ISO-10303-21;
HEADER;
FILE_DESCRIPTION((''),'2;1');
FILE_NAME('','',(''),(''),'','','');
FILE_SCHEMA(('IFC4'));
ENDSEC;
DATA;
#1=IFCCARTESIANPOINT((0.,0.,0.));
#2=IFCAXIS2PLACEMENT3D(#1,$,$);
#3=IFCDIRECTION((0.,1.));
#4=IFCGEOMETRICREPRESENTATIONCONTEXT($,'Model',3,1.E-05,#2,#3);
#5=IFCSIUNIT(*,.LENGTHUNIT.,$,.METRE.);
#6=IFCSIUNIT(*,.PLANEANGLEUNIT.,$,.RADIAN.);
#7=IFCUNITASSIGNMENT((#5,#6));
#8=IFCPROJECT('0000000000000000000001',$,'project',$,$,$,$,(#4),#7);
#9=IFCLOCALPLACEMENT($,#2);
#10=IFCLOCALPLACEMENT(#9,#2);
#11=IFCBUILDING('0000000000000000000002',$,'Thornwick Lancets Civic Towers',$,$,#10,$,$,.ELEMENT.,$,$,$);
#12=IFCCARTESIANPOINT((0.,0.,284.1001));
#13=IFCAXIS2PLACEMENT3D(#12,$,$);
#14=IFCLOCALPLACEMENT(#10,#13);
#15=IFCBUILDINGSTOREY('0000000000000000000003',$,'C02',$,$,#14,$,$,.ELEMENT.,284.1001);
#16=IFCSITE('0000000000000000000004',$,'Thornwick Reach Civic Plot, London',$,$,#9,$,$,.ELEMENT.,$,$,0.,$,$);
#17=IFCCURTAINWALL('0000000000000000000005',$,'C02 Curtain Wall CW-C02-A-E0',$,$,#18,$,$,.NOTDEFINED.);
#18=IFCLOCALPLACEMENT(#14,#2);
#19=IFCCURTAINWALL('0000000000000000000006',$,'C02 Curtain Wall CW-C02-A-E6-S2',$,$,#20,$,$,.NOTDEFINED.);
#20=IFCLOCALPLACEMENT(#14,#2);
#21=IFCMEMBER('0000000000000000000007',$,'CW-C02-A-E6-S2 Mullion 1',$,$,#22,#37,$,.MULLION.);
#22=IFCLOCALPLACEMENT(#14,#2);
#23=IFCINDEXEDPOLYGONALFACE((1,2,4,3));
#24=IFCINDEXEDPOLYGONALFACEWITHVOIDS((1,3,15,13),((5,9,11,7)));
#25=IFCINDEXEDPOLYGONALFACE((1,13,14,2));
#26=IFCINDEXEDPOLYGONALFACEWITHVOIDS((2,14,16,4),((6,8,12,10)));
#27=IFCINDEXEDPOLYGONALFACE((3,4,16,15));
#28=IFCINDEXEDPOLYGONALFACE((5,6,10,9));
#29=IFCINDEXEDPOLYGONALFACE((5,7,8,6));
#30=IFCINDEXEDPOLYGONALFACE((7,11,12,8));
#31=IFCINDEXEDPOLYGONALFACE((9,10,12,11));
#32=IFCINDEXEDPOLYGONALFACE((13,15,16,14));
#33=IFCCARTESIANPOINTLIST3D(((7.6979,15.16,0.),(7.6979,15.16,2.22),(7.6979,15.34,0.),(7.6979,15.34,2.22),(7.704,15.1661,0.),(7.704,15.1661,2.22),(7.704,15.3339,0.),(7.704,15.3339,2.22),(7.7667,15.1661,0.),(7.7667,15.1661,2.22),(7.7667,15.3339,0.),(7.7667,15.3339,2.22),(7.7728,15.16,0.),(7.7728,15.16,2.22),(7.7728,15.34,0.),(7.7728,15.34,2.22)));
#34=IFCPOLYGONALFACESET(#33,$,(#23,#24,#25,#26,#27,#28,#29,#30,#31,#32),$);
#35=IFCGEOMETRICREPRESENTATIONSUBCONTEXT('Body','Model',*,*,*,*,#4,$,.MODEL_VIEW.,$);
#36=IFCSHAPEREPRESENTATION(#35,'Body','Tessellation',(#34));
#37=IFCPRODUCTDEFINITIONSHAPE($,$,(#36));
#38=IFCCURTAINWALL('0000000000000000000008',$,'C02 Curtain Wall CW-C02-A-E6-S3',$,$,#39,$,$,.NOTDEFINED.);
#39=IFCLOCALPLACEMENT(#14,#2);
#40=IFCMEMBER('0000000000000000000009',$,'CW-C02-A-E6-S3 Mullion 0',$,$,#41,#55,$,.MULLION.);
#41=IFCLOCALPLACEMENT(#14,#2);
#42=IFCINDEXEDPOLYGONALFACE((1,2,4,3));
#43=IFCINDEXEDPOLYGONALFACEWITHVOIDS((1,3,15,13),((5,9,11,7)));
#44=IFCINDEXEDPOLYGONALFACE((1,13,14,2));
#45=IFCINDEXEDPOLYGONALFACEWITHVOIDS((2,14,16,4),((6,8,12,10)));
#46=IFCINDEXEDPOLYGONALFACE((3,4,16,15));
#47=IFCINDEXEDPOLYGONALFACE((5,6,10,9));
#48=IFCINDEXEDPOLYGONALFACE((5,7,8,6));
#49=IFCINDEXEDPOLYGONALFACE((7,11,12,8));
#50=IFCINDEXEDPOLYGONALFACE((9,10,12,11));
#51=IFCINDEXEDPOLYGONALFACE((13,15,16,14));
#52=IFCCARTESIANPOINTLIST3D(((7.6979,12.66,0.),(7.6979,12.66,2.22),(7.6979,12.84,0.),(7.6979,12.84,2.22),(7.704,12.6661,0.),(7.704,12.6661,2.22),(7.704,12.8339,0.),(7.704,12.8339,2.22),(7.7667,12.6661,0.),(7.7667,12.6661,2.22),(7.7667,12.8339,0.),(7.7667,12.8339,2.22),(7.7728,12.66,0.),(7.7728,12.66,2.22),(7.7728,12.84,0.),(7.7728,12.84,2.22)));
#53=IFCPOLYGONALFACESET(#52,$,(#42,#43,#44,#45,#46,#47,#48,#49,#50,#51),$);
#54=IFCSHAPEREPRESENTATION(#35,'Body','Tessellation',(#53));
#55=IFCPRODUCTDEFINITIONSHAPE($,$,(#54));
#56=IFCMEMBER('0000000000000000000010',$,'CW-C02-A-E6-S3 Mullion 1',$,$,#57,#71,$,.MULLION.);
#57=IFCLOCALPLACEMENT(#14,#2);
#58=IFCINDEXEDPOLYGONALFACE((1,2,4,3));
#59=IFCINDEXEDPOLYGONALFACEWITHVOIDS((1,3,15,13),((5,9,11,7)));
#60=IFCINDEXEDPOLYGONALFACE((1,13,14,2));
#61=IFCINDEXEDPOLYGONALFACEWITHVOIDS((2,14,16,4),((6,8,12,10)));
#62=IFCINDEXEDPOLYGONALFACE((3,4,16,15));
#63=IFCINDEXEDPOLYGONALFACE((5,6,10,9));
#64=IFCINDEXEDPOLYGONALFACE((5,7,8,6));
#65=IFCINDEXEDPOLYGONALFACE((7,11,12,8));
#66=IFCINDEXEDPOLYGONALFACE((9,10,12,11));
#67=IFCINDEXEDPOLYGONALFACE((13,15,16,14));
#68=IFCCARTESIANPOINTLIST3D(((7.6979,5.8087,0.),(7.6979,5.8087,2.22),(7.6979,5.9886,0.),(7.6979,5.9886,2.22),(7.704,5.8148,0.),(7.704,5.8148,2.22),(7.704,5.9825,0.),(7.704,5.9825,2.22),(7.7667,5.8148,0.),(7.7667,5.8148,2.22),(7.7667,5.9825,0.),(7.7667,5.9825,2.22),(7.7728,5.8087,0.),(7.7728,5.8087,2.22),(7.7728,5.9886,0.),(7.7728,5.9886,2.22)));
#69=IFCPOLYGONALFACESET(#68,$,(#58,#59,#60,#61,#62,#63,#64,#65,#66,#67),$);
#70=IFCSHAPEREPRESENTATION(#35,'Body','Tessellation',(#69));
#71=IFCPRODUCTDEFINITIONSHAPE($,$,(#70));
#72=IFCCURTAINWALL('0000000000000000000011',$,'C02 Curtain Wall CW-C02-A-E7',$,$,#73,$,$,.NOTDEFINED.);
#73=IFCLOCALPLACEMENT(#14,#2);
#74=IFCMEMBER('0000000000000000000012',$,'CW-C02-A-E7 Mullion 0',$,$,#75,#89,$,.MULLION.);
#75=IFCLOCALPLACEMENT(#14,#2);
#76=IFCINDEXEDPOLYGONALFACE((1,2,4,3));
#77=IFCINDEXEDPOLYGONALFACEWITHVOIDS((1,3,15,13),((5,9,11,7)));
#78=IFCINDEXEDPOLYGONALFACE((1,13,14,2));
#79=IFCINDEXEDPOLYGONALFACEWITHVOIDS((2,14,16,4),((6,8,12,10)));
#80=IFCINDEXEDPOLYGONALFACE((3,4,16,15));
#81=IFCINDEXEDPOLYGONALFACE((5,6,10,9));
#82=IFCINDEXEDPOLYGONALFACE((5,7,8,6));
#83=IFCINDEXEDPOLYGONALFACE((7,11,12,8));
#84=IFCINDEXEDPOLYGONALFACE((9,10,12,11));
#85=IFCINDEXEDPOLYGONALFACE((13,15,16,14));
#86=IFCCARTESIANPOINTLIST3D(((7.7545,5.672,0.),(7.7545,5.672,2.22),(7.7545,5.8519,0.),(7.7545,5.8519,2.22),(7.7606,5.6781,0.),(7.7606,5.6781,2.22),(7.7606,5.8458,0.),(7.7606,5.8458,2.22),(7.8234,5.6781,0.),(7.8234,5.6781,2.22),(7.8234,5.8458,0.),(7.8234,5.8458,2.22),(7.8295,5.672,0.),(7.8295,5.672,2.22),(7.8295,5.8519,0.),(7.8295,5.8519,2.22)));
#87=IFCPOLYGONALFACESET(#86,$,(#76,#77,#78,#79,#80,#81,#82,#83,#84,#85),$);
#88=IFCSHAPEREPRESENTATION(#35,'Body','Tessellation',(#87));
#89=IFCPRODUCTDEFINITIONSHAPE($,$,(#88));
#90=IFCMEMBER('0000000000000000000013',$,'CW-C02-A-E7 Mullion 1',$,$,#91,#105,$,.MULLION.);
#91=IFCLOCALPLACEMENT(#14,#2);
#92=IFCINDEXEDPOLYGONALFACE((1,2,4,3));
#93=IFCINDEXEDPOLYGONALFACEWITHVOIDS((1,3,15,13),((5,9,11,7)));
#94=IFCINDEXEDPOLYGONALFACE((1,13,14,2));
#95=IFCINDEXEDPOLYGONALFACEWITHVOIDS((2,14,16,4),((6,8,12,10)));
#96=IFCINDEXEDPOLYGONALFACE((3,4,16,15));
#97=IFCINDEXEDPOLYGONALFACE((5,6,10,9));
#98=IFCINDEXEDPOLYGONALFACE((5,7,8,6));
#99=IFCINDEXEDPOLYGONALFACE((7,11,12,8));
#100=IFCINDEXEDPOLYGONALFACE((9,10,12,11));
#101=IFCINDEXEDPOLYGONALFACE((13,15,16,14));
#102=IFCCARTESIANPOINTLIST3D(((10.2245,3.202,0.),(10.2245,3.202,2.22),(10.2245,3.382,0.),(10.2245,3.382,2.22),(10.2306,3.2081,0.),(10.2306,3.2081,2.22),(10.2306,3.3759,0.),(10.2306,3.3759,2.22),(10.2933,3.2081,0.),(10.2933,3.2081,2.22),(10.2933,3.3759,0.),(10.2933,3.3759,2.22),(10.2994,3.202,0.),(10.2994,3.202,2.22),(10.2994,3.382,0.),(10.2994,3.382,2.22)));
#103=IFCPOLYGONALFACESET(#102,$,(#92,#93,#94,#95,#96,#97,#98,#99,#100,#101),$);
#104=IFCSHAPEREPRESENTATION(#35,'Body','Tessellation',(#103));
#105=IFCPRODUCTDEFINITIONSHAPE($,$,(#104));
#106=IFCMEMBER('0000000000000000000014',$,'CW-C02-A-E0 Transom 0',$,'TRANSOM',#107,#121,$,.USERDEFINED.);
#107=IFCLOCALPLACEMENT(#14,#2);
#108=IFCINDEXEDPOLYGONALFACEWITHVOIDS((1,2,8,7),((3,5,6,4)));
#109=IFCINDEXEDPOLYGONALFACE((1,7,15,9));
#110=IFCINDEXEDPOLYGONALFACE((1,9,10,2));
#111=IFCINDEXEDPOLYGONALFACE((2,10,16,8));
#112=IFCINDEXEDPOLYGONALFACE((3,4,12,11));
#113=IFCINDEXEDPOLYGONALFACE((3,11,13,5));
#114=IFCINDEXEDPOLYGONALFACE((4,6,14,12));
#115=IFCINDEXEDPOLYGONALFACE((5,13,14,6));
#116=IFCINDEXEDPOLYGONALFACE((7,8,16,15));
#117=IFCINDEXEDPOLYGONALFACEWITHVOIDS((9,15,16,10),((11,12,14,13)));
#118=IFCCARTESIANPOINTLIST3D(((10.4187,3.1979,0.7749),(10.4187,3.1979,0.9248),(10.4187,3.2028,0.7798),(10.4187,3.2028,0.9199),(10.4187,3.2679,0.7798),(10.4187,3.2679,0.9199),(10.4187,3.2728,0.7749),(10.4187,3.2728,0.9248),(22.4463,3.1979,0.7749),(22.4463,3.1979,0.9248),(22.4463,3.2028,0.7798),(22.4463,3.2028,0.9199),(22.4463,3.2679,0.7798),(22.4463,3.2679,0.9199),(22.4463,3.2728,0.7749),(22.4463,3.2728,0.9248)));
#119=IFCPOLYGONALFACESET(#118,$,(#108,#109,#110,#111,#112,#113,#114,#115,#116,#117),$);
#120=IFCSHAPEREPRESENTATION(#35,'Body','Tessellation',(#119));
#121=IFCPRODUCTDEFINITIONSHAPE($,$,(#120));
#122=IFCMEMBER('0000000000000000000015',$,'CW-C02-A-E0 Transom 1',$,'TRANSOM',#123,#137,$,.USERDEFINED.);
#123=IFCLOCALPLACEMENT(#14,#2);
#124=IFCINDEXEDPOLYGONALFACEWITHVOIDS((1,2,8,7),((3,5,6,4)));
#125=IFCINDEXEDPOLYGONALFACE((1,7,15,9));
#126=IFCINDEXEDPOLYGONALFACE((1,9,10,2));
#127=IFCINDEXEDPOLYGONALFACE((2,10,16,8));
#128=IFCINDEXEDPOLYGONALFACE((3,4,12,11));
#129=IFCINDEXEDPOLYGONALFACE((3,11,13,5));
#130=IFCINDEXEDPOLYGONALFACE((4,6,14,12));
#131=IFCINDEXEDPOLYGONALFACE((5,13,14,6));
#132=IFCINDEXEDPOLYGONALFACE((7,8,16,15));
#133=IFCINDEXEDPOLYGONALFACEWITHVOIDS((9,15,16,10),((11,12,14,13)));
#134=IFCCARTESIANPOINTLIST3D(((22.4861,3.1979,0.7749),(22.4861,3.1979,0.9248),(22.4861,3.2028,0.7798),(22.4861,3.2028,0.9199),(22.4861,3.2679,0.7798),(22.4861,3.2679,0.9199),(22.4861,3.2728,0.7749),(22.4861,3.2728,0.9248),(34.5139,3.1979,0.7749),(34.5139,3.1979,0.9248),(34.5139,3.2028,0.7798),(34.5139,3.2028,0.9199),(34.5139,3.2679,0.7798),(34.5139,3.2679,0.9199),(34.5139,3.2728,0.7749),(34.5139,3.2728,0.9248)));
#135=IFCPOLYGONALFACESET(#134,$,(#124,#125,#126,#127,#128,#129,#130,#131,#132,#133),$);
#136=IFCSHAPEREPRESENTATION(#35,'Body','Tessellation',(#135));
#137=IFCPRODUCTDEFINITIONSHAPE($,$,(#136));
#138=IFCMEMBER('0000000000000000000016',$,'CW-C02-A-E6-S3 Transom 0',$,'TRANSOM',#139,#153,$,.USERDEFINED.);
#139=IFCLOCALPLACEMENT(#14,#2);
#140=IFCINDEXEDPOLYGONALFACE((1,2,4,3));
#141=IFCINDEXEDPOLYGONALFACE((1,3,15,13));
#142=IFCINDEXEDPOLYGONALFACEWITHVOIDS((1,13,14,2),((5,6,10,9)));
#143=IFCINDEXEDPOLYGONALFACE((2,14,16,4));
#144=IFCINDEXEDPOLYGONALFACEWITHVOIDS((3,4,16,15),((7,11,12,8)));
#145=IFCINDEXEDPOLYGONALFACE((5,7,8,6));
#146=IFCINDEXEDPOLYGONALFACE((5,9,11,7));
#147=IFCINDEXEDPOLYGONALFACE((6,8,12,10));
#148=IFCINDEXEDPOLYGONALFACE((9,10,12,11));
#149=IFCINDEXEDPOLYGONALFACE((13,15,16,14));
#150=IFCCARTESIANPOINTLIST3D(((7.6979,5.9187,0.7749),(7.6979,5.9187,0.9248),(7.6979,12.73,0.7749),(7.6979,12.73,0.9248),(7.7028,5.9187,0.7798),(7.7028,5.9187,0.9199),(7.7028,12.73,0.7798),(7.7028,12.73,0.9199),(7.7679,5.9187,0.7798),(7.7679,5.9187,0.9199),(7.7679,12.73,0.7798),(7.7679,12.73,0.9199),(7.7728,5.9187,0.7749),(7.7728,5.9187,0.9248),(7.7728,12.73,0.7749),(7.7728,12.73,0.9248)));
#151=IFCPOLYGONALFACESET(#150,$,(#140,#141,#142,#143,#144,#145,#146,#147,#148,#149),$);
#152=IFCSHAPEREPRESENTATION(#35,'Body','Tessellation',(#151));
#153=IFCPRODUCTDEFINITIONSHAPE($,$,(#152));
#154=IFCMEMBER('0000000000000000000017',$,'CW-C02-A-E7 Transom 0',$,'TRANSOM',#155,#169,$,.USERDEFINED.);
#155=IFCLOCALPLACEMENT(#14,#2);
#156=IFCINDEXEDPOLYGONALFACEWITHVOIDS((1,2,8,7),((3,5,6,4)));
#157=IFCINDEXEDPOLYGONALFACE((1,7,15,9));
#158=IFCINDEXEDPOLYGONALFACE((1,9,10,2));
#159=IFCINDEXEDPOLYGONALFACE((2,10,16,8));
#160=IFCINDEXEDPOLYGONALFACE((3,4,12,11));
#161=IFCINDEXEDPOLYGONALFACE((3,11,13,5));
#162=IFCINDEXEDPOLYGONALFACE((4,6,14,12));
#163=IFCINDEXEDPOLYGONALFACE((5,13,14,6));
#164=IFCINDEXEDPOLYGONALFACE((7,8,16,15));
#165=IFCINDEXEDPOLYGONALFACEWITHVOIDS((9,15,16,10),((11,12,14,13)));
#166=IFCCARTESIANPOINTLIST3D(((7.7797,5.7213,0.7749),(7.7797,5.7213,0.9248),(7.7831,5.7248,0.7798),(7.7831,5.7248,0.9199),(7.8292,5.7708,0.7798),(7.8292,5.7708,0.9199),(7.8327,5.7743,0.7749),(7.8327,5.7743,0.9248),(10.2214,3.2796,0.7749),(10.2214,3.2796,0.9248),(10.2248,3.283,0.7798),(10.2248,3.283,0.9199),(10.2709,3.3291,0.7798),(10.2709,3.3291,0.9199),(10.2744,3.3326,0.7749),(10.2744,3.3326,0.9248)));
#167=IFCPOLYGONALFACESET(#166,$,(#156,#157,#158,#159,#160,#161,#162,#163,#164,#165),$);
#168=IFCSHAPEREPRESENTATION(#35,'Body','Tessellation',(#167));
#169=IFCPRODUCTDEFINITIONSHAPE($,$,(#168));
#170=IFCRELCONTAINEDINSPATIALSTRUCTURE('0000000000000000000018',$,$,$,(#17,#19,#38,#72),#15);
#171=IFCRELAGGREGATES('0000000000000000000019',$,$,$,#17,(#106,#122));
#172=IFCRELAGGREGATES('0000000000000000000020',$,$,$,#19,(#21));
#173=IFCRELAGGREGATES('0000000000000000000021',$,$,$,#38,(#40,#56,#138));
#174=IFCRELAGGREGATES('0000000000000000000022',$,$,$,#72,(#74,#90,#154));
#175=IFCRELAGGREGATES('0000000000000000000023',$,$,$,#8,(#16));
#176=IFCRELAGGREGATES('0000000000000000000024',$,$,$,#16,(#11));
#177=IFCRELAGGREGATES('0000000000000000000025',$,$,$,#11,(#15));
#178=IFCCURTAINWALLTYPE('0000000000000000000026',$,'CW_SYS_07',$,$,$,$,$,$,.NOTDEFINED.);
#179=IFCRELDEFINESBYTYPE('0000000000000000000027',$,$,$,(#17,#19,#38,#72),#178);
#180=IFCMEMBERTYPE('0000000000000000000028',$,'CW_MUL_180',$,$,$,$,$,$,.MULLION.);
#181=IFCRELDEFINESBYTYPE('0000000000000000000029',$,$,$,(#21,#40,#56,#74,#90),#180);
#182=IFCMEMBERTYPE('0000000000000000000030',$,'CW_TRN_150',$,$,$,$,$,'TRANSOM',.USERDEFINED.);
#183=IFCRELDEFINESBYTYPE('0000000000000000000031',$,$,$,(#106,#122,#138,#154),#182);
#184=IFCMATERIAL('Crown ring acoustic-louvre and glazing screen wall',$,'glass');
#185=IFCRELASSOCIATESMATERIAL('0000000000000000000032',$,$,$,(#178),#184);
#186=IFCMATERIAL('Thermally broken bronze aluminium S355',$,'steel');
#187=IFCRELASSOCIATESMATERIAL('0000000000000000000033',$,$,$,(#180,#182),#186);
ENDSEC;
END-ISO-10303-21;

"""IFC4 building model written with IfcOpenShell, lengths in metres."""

from ifc_helpers import new_model, si_unit, direction, frame, origin, origin_2d, place, context, subcontext, project, spatial, hollow_rectangle, extrude, material, material_profile, profile_set, type_object, element, aggregate, save


model = new_model("IFC4")

# Units and contexts
model_context = context("Model", 3, precision=1e-05, world=origin(), true_north=direction((0.0, 1.0)))
body_context = subcontext(model_context, "Body", "Model", "MODEL_VIEW")
ifc_project = project(units=[si_unit("LENGTHUNIT", "METRE"), si_unit("PLANEANGLEUNIT", "RADIAN")], contexts=[model_context])

# Site, building, storey
site_placement = place(None, origin())
site = spatial("IfcSite", under=ifc_project, at=site_placement, Name="Thornwick Reach Civic Plot, London", CompositionType="ELEMENT", RefElevation=0.0)
building_placement = place(site_placement, origin())
building = spatial("IfcBuilding", under=site, at=building_placement, Name="Thornwick Lancets Civic Towers", CompositionType="ELEMENT")
storey_placement = place(building_placement, frame((0.0, 0.0, 284.1001)))
storey = spatial("IfcBuildingStorey", under=building, at=storey_placement, Name="C02", CompositionType="ELEMENT", Elevation=284.1001)

# Curtain wall
ifc_material_1 = material(Name="Crown ring acoustic-louvre and glazing screen wall", Category="glass")
curtain_wall_type = type_object("IfcCurtainWallType", Name="CW_SYS_07", PredefinedType="NOTDEFINED", material=ifc_material_1)
curtain_wall_1_placement = place(storey_placement, origin())
curtain_wall_1 = element("IfcCurtainWall", 1, at=curtain_wall_1_placement, inside=storey, type_object=curtain_wall_type, Name="C02 Curtain Wall CW-C02-A-E0", PredefinedType="NOTDEFINED")
ifc_material_2 = material(Name="Thermally broken bronze aluminium S355", Category="steel")
ifc_material_profile_1 = material_profile(ifc_material_2, hollow_rectangle(XDim=0.075, YDim=0.1799, WallThickness=0.0061, at=origin_2d()), Name="RHS 180x75x6")
ifc_profile_set_1 = profile_set([ifc_material_profile_1], Name="Thermally broken bronze aluminium S355")
member_type_1 = type_object("IfcMemberType", Name="CW_MUL_180", PredefinedType="MULLION", material=ifc_profile_set_1)

# Curtain wall, member
curtain_wall_2_placement = place(storey_placement, origin())
curtain_wall_2 = element("IfcCurtainWall", 2, at=curtain_wall_2_placement, inside=storey, type_object=curtain_wall_type, Name="C02 Curtain Wall CW-C02-A-E6-S2", PredefinedType="NOTDEFINED")
member_1_placement = place(storey_placement, frame((7.7354, 15.25, 0.0), z_axis=(0.0, 0.0, 1.0), x_axis=(1.0, 0.0, 0.0)))
member_1 = element("IfcMember", 3, at=member_1_placement, type_object=member_type_1, Name="CW-C02-A-E6-S2 Mullion 1", PredefinedType="MULLION", context=body_context, shape_type="SweptSolid", body=[
    extrude(hollow_rectangle(XDim=0.075, YDim=0.1799, WallThickness=0.0061, at=origin_2d()), origin(), (0.0, 0.0, 1.0), 2.22),
])

# Curtain walls, members
curtain_wall_3_placement = place(storey_placement, origin())
curtain_wall_3 = element("IfcCurtainWall", 4, at=curtain_wall_3_placement, inside=storey, type_object=curtain_wall_type, Name="C02 Curtain Wall CW-C02-A-E6-S3", PredefinedType="NOTDEFINED")
member_2_placement = place(storey_placement, frame((7.7354, 12.75, 0.0), z_axis=(0.0, 0.0, 1.0), x_axis=(1.0, 0.0, 0.0)))
member_2 = element("IfcMember", 5, at=member_2_placement, type_object=member_type_1, Name="CW-C02-A-E6-S3 Mullion 0", PredefinedType="MULLION", context=body_context, shape_type="SweptSolid", body=[
    extrude(hollow_rectangle(XDim=0.075, YDim=0.1799, WallThickness=0.0061, at=origin_2d()), origin(), (0.0, 0.0, 1.0), 2.22),
])
member_3_placement = place(storey_placement, frame((7.7354, 5.8987, 0.0), z_axis=(0.0, 0.0, 1.0), x_axis=(1.0, 0.0, 0.0)))
member_3 = element("IfcMember", 6, at=member_3_placement, type_object=member_type_1, Name="CW-C02-A-E6-S3 Mullion 1", PredefinedType="MULLION", context=body_context, shape_type="SweptSolid", body=[
    extrude(hollow_rectangle(XDim=0.075, YDim=0.1799, WallThickness=0.0061, at=origin_2d()), origin(), (0.0, 0.0, 1.0), 2.22),
])
curtain_wall_4_placement = place(storey_placement, origin())
curtain_wall_4 = element("IfcCurtainWall", 7, at=curtain_wall_4_placement, inside=storey, type_object=curtain_wall_type, Name="C02 Curtain Wall CW-C02-A-E7", PredefinedType="NOTDEFINED")
member_4_placement = place(storey_placement, frame((7.792, 5.762, 0.0), z_axis=(0.0, 0.0, 1.0), x_axis=(1.0, 0.0, 0.0)))
member_4 = element("IfcMember", 8, at=member_4_placement, type_object=member_type_1, Name="CW-C02-A-E7 Mullion 0", PredefinedType="MULLION", context=body_context, shape_type="SweptSolid", body=[
    extrude(hollow_rectangle(XDim=0.075, YDim=0.1799, WallThickness=0.0061, at=origin_2d()), origin(), (0.0, 0.0, 1.0), 2.22),
])
member_5_placement = place(storey_placement, frame((10.262, 3.292, 0.0), z_axis=(0.0, 0.0, 1.0), x_axis=(1.0, 0.0, 0.0)))
member_5 = element("IfcMember", 9, at=member_5_placement, type_object=member_type_1, Name="CW-C02-A-E7 Mullion 1", PredefinedType="MULLION", context=body_context, shape_type="SweptSolid", body=[
    extrude(hollow_rectangle(XDim=0.075, YDim=0.1799, WallThickness=0.0061, at=origin_2d()), origin(), (0.0, 0.0, 1.0), 2.22),
])

# Members
ifc_material_profile_2 = material_profile(ifc_material_2, hollow_rectangle(XDim=0.075, YDim=0.1499, WallThickness=0.0049, at=origin_2d()), Name="RHS 150x75x5")
ifc_profile_set_2 = profile_set([ifc_material_profile_2], Name="Thermally broken bronze aluminium S355")
member_type_2 = type_object("IfcMemberType", Name="CW_TRN_150", ElementType="TRANSOM", PredefinedType="USERDEFINED", material=ifc_profile_set_2)
member_6_placement = place(storey_placement, frame((10.4187, 3.2354, 0.8499), z_axis=(1.0, 0.0, 0.0), x_axis=(0.0, 1.0, 0.0)))
member_6 = element("IfcMember", 10, at=member_6_placement, type_object=member_type_2, Name="CW-C02-A-E0 Transom 0", ObjectType="TRANSOM", PredefinedType="USERDEFINED", context=body_context, shape_type="SweptSolid", body=[
    extrude(hollow_rectangle(XDim=0.075, YDim=0.1499, WallThickness=0.0049, at=origin_2d()), origin(), (0.0, 0.0, 1.0), 12.0276),
])
member_7_placement = place(storey_placement, frame((22.4861, 3.2354, 0.8499), z_axis=(1.0, 0.0, 0.0), x_axis=(0.0, 1.0, 0.0)))
member_7 = element("IfcMember", 11, at=member_7_placement, type_object=member_type_2, Name="CW-C02-A-E0 Transom 1", ObjectType="TRANSOM", PredefinedType="USERDEFINED", context=body_context, shape_type="SweptSolid", body=[
    extrude(hollow_rectangle(XDim=0.075, YDim=0.1499, WallThickness=0.0049, at=origin_2d()), origin(), (0.0, 0.0, 1.0), 12.0278),
])
member_8_placement = place(storey_placement, frame((7.7354, 12.73, 0.8499), z_axis=(0.0, -1.0, 0.0), x_axis=(1.0, 0.0, 0.0)))
member_8 = element("IfcMember", 12, at=member_8_placement, type_object=member_type_2, Name="CW-C02-A-E6-S3 Transom 0", ObjectType="TRANSOM", PredefinedType="USERDEFINED", context=body_context, shape_type="SweptSolid", body=[
    extrude(hollow_rectangle(XDim=0.075, YDim=0.1499, WallThickness=0.0049, at=origin_2d()), origin(), (0.0, 0.0, 1.0), 6.8113),
])
member_9_placement = place(storey_placement, frame((7.8062, 5.7478, 0.8499), z_axis=(0.707107, -0.707107, 0.0), x_axis=(0.707107, 0.707107, 0.0)))
member_9 = element("IfcMember", 13, at=member_9_placement, type_object=member_type_2, Name="CW-C02-A-E7 Transom 0", ObjectType="TRANSOM", PredefinedType="USERDEFINED", context=body_context, shape_type="SweptSolid", body=[
    extrude(hollow_rectangle(XDim=0.075, YDim=0.1499, WallThickness=0.0049, at=origin_2d()), origin(), (0.0, 0.0, 1.0), 3.4531),
])

aggregate(curtain_wall_1, [member_6, member_7])
aggregate(curtain_wall_2, [member_1])
aggregate(curtain_wall_3, [member_2, member_3, member_8])
aggregate(curtain_wall_4, [member_4, member_5, member_9])

save(model, "model.ifc")
